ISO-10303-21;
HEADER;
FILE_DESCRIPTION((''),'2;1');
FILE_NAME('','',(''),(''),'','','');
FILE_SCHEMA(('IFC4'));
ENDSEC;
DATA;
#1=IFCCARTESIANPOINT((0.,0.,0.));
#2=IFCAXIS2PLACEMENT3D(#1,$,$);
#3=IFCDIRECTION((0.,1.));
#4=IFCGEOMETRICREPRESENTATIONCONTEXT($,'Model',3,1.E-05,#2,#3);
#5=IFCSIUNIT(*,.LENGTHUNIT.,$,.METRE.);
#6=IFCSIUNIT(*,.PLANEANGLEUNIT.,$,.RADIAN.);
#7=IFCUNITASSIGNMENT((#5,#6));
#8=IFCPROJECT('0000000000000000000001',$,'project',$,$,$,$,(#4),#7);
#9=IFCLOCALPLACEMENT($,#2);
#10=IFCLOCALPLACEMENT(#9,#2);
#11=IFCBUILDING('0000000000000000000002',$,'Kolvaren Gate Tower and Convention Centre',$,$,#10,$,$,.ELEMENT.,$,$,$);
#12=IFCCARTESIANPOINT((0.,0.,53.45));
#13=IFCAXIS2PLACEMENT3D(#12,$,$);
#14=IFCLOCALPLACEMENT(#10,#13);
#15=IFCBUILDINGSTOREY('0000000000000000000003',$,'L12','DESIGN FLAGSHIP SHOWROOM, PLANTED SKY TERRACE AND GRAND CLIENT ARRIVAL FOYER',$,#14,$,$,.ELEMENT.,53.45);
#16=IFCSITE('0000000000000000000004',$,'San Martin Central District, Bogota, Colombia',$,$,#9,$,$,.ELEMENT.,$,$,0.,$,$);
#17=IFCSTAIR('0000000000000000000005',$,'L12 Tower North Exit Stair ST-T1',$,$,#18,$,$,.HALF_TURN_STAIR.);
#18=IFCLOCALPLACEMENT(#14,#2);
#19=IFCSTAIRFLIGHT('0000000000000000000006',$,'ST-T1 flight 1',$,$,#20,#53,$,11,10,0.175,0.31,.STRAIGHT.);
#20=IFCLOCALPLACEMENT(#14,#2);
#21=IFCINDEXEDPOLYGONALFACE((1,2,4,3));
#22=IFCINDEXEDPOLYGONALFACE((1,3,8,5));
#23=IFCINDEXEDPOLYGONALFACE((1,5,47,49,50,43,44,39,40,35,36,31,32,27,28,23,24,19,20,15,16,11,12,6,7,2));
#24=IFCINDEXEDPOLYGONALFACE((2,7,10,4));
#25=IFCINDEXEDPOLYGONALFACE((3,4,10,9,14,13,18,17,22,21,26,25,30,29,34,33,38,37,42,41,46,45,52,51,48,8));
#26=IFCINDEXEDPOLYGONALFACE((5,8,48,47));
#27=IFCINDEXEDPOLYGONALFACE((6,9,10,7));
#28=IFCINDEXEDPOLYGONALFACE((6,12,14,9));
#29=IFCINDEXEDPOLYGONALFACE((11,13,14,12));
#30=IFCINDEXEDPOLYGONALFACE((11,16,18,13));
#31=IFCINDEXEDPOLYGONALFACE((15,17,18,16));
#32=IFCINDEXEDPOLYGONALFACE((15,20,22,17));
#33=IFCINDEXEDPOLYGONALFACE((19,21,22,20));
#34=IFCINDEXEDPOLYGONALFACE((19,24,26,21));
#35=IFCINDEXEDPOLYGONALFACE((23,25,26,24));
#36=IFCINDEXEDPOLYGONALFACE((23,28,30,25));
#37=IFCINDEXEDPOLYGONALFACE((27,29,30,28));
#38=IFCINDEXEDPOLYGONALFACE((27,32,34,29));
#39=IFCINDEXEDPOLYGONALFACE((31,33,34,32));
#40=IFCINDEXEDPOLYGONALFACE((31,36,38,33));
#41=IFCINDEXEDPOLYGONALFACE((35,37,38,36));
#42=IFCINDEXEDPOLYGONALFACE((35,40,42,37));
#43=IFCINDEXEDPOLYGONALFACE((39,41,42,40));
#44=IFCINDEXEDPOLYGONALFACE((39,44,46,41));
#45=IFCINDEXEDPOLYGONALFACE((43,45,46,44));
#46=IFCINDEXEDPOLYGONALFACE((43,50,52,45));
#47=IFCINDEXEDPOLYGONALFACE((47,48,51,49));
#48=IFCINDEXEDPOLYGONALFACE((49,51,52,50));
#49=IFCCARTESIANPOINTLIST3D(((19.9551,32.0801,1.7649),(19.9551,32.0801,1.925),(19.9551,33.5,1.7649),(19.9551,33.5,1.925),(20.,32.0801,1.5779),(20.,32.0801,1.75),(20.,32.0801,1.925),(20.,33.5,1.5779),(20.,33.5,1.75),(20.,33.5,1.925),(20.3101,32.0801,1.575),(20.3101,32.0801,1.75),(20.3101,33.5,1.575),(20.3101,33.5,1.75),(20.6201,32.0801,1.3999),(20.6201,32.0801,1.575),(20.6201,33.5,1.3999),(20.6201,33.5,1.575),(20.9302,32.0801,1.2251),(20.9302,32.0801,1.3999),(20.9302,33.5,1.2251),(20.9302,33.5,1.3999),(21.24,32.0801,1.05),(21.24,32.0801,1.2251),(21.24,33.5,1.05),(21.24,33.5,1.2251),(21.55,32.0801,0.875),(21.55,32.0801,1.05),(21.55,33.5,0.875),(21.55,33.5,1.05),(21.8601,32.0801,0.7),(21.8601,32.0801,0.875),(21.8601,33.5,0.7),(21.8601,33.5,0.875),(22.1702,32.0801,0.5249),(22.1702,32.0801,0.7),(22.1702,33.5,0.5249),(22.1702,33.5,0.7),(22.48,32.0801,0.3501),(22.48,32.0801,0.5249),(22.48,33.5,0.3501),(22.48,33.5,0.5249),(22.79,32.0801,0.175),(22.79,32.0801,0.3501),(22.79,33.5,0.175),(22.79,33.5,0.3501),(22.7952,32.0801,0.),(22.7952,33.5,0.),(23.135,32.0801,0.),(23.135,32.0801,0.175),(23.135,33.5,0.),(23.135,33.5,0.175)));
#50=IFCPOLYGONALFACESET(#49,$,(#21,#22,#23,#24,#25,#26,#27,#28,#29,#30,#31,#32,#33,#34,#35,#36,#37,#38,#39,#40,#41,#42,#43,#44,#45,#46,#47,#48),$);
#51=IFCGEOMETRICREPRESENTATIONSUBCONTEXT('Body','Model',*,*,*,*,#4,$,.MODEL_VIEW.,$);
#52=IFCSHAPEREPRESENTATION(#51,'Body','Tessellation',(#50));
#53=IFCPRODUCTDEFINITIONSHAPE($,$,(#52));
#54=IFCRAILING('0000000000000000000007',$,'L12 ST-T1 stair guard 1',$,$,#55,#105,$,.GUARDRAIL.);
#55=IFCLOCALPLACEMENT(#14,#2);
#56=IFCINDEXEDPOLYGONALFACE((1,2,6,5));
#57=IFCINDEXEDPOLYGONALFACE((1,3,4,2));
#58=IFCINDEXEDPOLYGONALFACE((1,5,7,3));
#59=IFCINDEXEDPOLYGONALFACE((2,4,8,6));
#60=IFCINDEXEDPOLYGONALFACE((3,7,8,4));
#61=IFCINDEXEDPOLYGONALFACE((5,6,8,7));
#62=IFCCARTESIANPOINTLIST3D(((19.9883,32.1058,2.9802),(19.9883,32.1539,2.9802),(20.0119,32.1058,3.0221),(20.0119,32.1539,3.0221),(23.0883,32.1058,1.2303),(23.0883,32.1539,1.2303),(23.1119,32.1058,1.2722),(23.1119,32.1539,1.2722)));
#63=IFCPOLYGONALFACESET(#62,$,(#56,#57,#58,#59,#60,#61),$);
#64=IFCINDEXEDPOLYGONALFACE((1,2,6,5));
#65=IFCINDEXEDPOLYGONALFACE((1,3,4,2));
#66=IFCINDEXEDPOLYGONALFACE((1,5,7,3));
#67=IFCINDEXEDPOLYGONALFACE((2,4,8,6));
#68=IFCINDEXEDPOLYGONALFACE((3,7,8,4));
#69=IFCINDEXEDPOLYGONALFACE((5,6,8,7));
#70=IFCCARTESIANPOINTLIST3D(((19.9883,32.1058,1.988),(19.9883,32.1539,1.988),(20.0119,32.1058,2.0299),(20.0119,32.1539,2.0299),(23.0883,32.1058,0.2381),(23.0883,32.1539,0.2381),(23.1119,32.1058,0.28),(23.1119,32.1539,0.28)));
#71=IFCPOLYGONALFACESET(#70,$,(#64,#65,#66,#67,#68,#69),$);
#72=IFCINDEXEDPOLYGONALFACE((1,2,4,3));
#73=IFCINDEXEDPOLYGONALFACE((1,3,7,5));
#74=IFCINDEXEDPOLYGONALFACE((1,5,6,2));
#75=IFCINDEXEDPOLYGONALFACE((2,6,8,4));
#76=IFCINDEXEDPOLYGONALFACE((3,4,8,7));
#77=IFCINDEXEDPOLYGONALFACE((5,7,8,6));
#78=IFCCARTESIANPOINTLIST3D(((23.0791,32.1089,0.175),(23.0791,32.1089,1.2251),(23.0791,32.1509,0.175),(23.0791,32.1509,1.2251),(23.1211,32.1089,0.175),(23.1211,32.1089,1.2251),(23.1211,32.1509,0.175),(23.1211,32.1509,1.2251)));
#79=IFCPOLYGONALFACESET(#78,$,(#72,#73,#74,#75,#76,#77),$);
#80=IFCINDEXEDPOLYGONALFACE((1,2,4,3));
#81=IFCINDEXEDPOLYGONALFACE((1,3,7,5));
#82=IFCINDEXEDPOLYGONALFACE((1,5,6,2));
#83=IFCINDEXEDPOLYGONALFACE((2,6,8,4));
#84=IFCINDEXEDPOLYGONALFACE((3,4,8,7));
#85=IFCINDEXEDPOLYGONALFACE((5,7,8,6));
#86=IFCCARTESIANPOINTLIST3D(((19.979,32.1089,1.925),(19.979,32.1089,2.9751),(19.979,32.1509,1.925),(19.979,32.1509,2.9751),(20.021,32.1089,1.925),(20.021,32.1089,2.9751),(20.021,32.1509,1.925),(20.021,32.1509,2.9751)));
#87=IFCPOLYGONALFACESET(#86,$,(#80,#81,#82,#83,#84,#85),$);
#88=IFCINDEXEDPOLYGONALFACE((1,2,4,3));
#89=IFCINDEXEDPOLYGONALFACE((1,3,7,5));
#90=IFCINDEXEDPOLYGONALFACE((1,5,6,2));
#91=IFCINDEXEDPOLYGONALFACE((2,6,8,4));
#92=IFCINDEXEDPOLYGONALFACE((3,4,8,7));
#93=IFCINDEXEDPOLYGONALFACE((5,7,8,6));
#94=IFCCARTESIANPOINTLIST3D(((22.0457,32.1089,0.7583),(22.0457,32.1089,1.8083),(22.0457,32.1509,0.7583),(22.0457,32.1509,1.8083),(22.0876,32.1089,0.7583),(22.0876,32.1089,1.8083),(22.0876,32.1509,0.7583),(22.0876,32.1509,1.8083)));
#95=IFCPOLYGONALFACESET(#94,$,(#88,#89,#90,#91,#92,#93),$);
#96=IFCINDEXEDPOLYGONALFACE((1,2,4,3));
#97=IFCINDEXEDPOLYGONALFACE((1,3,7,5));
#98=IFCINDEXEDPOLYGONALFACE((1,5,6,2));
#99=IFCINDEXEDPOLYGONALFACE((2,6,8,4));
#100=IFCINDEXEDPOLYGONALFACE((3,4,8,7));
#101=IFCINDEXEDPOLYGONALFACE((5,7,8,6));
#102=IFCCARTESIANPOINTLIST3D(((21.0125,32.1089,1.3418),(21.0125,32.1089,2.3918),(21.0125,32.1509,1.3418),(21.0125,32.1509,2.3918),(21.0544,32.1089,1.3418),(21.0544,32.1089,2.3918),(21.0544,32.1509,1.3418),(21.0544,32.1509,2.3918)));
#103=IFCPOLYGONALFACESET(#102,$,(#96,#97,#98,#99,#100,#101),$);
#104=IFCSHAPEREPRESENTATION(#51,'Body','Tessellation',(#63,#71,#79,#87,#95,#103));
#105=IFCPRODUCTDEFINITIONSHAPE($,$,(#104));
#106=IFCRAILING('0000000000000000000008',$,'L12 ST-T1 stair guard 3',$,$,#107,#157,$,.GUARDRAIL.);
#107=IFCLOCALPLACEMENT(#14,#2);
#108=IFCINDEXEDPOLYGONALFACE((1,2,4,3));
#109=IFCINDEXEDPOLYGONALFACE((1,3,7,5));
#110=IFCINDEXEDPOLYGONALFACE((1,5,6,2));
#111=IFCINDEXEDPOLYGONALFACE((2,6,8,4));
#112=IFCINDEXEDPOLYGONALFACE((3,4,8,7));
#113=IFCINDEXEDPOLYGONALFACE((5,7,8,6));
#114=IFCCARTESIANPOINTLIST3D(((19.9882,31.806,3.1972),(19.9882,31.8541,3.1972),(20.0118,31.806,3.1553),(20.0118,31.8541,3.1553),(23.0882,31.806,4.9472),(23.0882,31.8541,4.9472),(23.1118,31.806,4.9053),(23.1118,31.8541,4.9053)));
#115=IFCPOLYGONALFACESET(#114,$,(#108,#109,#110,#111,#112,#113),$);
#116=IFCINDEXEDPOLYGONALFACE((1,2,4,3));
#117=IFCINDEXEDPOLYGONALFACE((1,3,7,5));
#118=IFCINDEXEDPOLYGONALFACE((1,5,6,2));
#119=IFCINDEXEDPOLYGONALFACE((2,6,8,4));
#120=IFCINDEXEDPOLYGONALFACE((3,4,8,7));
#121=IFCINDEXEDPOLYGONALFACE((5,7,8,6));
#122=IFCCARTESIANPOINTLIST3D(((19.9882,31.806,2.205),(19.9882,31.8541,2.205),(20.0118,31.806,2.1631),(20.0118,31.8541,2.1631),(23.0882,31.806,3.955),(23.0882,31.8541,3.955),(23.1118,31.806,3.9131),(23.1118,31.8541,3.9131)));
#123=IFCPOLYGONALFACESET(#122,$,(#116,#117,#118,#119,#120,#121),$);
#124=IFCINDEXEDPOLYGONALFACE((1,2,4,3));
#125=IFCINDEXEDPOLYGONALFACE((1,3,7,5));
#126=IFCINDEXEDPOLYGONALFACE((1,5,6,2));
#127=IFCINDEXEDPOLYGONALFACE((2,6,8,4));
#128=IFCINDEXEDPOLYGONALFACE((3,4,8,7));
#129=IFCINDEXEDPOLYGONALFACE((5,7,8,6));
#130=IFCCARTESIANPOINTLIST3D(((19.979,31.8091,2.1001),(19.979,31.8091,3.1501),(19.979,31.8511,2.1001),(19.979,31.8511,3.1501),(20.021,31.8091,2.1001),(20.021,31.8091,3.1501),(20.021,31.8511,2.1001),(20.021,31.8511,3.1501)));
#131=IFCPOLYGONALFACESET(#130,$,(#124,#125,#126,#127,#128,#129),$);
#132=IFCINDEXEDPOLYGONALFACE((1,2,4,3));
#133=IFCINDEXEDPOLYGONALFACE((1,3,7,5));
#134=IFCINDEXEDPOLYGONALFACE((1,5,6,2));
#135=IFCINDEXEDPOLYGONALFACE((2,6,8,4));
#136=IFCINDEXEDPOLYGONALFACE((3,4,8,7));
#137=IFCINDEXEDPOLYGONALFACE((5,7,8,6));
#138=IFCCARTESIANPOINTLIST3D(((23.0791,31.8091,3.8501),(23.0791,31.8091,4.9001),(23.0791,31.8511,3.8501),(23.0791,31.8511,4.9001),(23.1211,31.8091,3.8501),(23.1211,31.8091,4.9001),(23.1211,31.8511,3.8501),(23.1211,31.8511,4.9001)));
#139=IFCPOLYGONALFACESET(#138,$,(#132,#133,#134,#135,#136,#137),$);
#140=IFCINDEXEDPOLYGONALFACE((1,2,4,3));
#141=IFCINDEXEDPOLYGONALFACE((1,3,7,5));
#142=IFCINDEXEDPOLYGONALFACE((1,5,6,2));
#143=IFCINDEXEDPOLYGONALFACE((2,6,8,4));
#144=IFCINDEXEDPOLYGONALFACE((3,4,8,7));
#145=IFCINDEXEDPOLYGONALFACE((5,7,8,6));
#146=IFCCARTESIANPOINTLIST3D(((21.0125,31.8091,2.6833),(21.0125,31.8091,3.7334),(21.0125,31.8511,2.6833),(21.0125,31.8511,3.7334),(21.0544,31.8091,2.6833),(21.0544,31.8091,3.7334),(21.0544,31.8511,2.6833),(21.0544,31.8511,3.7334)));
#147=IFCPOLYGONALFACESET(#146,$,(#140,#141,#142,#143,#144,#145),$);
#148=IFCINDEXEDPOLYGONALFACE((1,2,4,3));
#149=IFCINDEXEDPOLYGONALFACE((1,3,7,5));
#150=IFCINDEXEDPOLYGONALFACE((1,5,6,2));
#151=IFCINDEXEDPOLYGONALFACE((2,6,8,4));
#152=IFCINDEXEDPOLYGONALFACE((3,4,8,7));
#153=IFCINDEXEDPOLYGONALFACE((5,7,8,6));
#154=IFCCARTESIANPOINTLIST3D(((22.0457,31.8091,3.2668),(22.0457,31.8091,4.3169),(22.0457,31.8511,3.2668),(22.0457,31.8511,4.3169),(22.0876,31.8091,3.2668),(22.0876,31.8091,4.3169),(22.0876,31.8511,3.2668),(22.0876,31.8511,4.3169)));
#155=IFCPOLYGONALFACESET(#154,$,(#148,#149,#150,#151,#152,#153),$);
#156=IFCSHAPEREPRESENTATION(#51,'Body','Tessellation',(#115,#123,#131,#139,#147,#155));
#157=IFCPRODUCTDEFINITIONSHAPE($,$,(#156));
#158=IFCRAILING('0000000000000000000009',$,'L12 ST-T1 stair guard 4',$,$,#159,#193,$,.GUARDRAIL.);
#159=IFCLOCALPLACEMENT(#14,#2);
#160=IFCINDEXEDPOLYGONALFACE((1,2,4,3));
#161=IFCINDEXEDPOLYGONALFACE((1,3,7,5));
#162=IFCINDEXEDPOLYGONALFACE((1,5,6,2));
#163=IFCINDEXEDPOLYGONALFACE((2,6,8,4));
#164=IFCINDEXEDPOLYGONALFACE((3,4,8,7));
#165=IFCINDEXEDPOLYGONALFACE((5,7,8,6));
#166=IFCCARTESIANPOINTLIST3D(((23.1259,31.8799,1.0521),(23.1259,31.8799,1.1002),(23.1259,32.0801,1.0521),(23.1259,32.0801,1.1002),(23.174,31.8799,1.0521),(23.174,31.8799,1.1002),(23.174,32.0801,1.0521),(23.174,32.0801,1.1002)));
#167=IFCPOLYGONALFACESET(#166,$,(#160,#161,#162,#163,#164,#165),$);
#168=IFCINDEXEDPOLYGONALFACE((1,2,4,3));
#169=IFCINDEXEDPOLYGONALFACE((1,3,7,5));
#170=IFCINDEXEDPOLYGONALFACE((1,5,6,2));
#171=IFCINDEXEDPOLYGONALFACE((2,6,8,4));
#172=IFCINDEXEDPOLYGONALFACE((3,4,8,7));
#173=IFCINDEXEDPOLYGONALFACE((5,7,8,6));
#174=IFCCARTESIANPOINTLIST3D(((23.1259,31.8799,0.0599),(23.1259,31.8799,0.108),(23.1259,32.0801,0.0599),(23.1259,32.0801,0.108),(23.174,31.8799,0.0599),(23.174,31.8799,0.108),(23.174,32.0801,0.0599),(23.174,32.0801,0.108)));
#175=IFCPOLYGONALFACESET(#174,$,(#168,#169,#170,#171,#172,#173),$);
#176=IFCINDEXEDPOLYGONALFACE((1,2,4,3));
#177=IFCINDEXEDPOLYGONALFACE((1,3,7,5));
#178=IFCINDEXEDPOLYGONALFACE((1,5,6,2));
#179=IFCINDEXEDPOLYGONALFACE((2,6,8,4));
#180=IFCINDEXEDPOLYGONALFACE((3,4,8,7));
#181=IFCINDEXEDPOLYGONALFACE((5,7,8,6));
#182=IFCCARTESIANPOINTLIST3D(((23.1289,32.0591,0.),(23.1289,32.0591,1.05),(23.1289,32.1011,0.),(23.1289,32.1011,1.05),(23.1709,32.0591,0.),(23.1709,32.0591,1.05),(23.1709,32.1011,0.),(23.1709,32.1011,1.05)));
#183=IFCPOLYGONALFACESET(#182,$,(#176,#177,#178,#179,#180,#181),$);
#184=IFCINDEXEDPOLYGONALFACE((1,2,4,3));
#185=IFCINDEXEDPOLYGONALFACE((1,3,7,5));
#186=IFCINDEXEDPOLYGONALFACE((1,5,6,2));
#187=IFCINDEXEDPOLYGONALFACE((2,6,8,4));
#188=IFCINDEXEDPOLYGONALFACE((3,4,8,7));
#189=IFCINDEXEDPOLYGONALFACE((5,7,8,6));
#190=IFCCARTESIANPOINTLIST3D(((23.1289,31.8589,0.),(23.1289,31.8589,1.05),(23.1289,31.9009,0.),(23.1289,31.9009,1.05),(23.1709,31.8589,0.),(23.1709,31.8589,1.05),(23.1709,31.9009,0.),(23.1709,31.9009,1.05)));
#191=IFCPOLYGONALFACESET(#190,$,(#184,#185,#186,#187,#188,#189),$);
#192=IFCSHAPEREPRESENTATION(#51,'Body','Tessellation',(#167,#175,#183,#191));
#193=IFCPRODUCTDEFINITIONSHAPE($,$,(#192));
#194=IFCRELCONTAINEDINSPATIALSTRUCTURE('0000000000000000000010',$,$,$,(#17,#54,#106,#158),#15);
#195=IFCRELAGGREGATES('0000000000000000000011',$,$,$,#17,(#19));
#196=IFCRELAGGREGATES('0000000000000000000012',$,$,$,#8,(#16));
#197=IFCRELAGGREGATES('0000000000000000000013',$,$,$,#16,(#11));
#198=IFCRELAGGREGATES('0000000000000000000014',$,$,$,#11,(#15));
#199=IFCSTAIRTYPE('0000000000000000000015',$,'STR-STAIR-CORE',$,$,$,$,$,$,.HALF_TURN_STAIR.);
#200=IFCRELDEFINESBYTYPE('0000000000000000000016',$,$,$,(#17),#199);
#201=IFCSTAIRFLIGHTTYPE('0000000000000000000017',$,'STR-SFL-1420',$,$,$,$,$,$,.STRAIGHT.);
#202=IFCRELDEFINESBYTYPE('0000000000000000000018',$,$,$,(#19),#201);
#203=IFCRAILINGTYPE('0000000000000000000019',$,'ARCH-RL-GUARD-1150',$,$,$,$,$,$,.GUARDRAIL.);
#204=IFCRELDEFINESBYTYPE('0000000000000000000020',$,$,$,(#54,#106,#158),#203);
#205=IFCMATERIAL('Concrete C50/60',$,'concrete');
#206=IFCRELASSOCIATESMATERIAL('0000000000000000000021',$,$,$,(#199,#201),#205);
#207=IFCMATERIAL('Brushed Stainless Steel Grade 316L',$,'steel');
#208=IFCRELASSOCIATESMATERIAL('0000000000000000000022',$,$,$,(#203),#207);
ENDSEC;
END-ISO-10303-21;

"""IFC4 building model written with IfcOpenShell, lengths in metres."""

from ifc_helpers import new_model, si_unit, direction, frame, origin, origin_2d, place, context, subcontext, project, spatial, polyline, rectangle, outline, extrude, material, type_object, element, aggregate, save


model = new_model("IFC4")

# Units and contexts
model_context = context("Model", 3, precision=1e-05, world=origin(), true_north=direction((0.0, 1.0)))
body_context = subcontext(model_context, "Body", "Model", "MODEL_VIEW")
ifc_project = project(units=[si_unit("LENGTHUNIT", "METRE"), si_unit("PLANEANGLEUNIT", "RADIAN")], contexts=[model_context])

# Site, building, storey
site_placement = place(None, origin())
site = spatial("IfcSite", under=ifc_project, at=site_placement, Name="San Martin Central District, Bogota, Colombia", CompositionType="ELEMENT", RefElevation=0.0)
building_placement = place(site_placement, origin())
building = spatial("IfcBuilding", under=site, at=building_placement, Name="Kolvaren Gate Tower and Convention Centre", CompositionType="ELEMENT")
storey_placement = place(building_placement, frame((0.0, 0.0, 53.45)))
storey = spatial("IfcBuildingStorey", under=building, at=storey_placement, Name="L12", Description="DESIGN FLAGSHIP SHOWROOM, PLANTED SKY TERRACE AND GRAND CLIENT ARRIVAL FOYER", CompositionType="ELEMENT", Elevation=53.45)

# Shared definitions
ifc_material_1 = material(Name="Brushed Stainless Steel Grade 316L", Category="steel")

# Stair, stair flight
ifc_material_2 = material(Name="Concrete C50/60", Category="concrete")
stair_type = type_object("IfcStairType", Name="STR-STAIR-CORE", PredefinedType="HALF_TURN_STAIR", material=ifc_material_2)
stair_placement = place(storey_placement, origin())
stair = element("IfcStair", 1, at=stair_placement, inside=storey, type_object=stair_type, Name="L12 Tower North Exit Stair ST-T1", PredefinedType="HALF_TURN_STAIR")
stair_flight_type = type_object("IfcStairFlightType", Name="STR-SFL-1420", PredefinedType="STRAIGHT", material=ifc_material_2)
stair_flight_placement = place(storey_placement, frame((23.1001, 32.79, 0.0), z_axis=(0.0, 0.0, 1.0), x_axis=(-1.0, 0.0, 0.0)))
stair_flight = element("IfcStairFlight", 2, at=stair_flight_placement, type_object=stair_flight_type, Name="ST-T1 flight 1", NumberOfRisers=11, NumberOfTreads=10, PredefinedType="STRAIGHT", RiserHeight=0.175, TreadLength=0.31, context=body_context, shape_type="SweptSolid", body=[
    extrude(outline(polyline([(-0.0349, 0.0), (-0.0349, 0.175), (0.3101, 0.175), (0.3101, 0.3501), (0.6201, 0.3501), (0.6201, 0.5249), (0.9299, 0.5249), (0.9299, 0.7), (1.24, 0.7), (1.24, 0.875), (1.55, 0.875), (1.55, 1.05), (1.8601, 1.05), (1.8601, 1.2251), (2.1699, 1.2251), (2.1699, 1.3999), (2.48, 1.3999), (2.48, 1.575), (2.79, 1.575), (2.79, 1.75), (3.1001, 1.75), (3.1001, 1.925), (3.145, 1.925), (3.145, 1.7649), (3.1001, 1.5779), (0.3049, 0.0), (-0.0349, 0.0)])), frame((0.0, 0.71, 0.0), z_axis=(0.0, -1.0, 0.0), x_axis=(1.0, 0.0, 0.0)), (0.0, 0.0, 1.0), 1.4199),
])
aggregate(stair, [stair_flight])

# Railings
railing_type = type_object("IfcRailingType", Name="ARCH-RL-GUARD-1150", PredefinedType="GUARDRAIL", material=ifc_material_1)
railing_1_placement = place(storey_placement, frame((23.1001, 32.1299, 0.175)))
element("IfcRailing", 3, at=railing_1_placement, inside=storey, type_object=railing_type, Name="L12 ST-T1 stair guard 1", PredefinedType="GUARDRAIL", context=body_context, shape_type="SweptSolid", body=[
    extrude(rectangle(XDim=0.0481, YDim=0.0481, at=origin_2d()), frame((0.0, 0.0, 1.0762), z_axis=(-0.870831, 0.0, 0.491583), x_axis=(0.0, -1.0, 0.0)), (0.0, 0.0, 1.0), 3.5598),
    extrude(rectangle(XDim=0.0481, YDim=0.0481, at=origin_2d()), frame((0.0, 0.0, 0.084), z_axis=(-0.870831, 0.0, 0.491583), x_axis=(0.0, -1.0, 0.0)), (0.0, 0.0, 1.0), 3.5598),
    extrude(rectangle(XDim=0.042, YDim=0.042, at=origin_2d()), origin(), (0.0, 0.0, 1.0), 1.05),
    extrude(rectangle(XDim=0.042, YDim=0.042, at=origin_2d()), frame((-3.1001, 0.0, 1.75)), (0.0, 0.0, 1.0), 1.05),
    extrude(rectangle(XDim=0.042, YDim=0.042, at=origin_2d()), frame((-1.0334, 0.0, 0.5833)), (0.0, 0.0, 1.0), 1.05),
    extrude(rectangle(XDim=0.042, YDim=0.042, at=origin_2d()), frame((-2.0667, 0.0, 1.1667)), (0.0, 0.0, 1.0), 1.05),
])
railing_2_placement = place(storey_placement, frame((20.0, 31.8301, 2.1001)))
element("IfcRailing", 4, at=railing_2_placement, inside=storey, type_object=railing_type, Name="L12 ST-T1 stair guard 3", PredefinedType="GUARDRAIL", context=body_context, shape_type="SweptSolid", body=[
    extrude(rectangle(XDim=0.0481, YDim=0.0481, at=origin_2d()), frame((0.0, 0.0, 1.0762), z_axis=(0.870831, 0.0, 0.491583), x_axis=(0.0, 1.0, 0.0)), (0.0, 0.0, 1.0), 3.5598),
    extrude(rectangle(XDim=0.0481, YDim=0.0481, at=origin_2d()), frame((0.0, 0.0, 0.084), z_axis=(0.870831, 0.0, 0.491583), x_axis=(0.0, 1.0, 0.0)), (0.0, 0.0, 1.0), 3.5598),
    extrude(rectangle(XDim=0.042, YDim=0.042, at=origin_2d()), origin(), (0.0, 0.0, 1.0), 1.05),
    extrude(rectangle(XDim=0.042, YDim=0.042, at=origin_2d()), frame((3.1001, 0.0, 1.75)), (0.0, 0.0, 1.0), 1.05),
    extrude(rectangle(XDim=0.042, YDim=0.042, at=origin_2d()), frame((1.0334, 0.0, 0.5833)), (0.0, 0.0, 1.0), 1.05),
    extrude(rectangle(XDim=0.042, YDim=0.042, at=origin_2d()), frame((2.0667, 0.0, 1.1667)), (0.0, 0.0, 1.0), 1.05),
])
railing_3_placement = place(storey_placement, frame((23.1499, 32.0801, 0.0)))
element("IfcRailing", 5, at=railing_3_placement, inside=storey, type_object=railing_type, Name="L12 ST-T1 stair guard 4", PredefinedType="GUARDRAIL", context=body_context, shape_type="SweptSolid", body=[
    extrude(rectangle(XDim=0.0481, YDim=0.0481, at=origin_2d()), frame((0.0, 0.0, 1.0762), z_axis=(0.0, -1.0, 0.0), x_axis=(1.0, 0.0, 0.0)), (0.0, 0.0, 1.0), 0.2002),
    extrude(rectangle(XDim=0.0481, YDim=0.0481, at=origin_2d()), frame((0.0, 0.0, 0.084), z_axis=(0.0, -1.0, 0.0), x_axis=(1.0, 0.0, 0.0)), (0.0, 0.0, 1.0), 0.2002),
    extrude(rectangle(XDim=0.042, YDim=0.042, at=origin_2d()), origin(), (0.0, 0.0, 1.0), 1.05),
    extrude(rectangle(XDim=0.042, YDim=0.042, at=origin_2d()), frame((0.0, -0.2002, 0.0)), (0.0, 0.0, 1.0), 1.05),
])

save(model, "model.ifc")
